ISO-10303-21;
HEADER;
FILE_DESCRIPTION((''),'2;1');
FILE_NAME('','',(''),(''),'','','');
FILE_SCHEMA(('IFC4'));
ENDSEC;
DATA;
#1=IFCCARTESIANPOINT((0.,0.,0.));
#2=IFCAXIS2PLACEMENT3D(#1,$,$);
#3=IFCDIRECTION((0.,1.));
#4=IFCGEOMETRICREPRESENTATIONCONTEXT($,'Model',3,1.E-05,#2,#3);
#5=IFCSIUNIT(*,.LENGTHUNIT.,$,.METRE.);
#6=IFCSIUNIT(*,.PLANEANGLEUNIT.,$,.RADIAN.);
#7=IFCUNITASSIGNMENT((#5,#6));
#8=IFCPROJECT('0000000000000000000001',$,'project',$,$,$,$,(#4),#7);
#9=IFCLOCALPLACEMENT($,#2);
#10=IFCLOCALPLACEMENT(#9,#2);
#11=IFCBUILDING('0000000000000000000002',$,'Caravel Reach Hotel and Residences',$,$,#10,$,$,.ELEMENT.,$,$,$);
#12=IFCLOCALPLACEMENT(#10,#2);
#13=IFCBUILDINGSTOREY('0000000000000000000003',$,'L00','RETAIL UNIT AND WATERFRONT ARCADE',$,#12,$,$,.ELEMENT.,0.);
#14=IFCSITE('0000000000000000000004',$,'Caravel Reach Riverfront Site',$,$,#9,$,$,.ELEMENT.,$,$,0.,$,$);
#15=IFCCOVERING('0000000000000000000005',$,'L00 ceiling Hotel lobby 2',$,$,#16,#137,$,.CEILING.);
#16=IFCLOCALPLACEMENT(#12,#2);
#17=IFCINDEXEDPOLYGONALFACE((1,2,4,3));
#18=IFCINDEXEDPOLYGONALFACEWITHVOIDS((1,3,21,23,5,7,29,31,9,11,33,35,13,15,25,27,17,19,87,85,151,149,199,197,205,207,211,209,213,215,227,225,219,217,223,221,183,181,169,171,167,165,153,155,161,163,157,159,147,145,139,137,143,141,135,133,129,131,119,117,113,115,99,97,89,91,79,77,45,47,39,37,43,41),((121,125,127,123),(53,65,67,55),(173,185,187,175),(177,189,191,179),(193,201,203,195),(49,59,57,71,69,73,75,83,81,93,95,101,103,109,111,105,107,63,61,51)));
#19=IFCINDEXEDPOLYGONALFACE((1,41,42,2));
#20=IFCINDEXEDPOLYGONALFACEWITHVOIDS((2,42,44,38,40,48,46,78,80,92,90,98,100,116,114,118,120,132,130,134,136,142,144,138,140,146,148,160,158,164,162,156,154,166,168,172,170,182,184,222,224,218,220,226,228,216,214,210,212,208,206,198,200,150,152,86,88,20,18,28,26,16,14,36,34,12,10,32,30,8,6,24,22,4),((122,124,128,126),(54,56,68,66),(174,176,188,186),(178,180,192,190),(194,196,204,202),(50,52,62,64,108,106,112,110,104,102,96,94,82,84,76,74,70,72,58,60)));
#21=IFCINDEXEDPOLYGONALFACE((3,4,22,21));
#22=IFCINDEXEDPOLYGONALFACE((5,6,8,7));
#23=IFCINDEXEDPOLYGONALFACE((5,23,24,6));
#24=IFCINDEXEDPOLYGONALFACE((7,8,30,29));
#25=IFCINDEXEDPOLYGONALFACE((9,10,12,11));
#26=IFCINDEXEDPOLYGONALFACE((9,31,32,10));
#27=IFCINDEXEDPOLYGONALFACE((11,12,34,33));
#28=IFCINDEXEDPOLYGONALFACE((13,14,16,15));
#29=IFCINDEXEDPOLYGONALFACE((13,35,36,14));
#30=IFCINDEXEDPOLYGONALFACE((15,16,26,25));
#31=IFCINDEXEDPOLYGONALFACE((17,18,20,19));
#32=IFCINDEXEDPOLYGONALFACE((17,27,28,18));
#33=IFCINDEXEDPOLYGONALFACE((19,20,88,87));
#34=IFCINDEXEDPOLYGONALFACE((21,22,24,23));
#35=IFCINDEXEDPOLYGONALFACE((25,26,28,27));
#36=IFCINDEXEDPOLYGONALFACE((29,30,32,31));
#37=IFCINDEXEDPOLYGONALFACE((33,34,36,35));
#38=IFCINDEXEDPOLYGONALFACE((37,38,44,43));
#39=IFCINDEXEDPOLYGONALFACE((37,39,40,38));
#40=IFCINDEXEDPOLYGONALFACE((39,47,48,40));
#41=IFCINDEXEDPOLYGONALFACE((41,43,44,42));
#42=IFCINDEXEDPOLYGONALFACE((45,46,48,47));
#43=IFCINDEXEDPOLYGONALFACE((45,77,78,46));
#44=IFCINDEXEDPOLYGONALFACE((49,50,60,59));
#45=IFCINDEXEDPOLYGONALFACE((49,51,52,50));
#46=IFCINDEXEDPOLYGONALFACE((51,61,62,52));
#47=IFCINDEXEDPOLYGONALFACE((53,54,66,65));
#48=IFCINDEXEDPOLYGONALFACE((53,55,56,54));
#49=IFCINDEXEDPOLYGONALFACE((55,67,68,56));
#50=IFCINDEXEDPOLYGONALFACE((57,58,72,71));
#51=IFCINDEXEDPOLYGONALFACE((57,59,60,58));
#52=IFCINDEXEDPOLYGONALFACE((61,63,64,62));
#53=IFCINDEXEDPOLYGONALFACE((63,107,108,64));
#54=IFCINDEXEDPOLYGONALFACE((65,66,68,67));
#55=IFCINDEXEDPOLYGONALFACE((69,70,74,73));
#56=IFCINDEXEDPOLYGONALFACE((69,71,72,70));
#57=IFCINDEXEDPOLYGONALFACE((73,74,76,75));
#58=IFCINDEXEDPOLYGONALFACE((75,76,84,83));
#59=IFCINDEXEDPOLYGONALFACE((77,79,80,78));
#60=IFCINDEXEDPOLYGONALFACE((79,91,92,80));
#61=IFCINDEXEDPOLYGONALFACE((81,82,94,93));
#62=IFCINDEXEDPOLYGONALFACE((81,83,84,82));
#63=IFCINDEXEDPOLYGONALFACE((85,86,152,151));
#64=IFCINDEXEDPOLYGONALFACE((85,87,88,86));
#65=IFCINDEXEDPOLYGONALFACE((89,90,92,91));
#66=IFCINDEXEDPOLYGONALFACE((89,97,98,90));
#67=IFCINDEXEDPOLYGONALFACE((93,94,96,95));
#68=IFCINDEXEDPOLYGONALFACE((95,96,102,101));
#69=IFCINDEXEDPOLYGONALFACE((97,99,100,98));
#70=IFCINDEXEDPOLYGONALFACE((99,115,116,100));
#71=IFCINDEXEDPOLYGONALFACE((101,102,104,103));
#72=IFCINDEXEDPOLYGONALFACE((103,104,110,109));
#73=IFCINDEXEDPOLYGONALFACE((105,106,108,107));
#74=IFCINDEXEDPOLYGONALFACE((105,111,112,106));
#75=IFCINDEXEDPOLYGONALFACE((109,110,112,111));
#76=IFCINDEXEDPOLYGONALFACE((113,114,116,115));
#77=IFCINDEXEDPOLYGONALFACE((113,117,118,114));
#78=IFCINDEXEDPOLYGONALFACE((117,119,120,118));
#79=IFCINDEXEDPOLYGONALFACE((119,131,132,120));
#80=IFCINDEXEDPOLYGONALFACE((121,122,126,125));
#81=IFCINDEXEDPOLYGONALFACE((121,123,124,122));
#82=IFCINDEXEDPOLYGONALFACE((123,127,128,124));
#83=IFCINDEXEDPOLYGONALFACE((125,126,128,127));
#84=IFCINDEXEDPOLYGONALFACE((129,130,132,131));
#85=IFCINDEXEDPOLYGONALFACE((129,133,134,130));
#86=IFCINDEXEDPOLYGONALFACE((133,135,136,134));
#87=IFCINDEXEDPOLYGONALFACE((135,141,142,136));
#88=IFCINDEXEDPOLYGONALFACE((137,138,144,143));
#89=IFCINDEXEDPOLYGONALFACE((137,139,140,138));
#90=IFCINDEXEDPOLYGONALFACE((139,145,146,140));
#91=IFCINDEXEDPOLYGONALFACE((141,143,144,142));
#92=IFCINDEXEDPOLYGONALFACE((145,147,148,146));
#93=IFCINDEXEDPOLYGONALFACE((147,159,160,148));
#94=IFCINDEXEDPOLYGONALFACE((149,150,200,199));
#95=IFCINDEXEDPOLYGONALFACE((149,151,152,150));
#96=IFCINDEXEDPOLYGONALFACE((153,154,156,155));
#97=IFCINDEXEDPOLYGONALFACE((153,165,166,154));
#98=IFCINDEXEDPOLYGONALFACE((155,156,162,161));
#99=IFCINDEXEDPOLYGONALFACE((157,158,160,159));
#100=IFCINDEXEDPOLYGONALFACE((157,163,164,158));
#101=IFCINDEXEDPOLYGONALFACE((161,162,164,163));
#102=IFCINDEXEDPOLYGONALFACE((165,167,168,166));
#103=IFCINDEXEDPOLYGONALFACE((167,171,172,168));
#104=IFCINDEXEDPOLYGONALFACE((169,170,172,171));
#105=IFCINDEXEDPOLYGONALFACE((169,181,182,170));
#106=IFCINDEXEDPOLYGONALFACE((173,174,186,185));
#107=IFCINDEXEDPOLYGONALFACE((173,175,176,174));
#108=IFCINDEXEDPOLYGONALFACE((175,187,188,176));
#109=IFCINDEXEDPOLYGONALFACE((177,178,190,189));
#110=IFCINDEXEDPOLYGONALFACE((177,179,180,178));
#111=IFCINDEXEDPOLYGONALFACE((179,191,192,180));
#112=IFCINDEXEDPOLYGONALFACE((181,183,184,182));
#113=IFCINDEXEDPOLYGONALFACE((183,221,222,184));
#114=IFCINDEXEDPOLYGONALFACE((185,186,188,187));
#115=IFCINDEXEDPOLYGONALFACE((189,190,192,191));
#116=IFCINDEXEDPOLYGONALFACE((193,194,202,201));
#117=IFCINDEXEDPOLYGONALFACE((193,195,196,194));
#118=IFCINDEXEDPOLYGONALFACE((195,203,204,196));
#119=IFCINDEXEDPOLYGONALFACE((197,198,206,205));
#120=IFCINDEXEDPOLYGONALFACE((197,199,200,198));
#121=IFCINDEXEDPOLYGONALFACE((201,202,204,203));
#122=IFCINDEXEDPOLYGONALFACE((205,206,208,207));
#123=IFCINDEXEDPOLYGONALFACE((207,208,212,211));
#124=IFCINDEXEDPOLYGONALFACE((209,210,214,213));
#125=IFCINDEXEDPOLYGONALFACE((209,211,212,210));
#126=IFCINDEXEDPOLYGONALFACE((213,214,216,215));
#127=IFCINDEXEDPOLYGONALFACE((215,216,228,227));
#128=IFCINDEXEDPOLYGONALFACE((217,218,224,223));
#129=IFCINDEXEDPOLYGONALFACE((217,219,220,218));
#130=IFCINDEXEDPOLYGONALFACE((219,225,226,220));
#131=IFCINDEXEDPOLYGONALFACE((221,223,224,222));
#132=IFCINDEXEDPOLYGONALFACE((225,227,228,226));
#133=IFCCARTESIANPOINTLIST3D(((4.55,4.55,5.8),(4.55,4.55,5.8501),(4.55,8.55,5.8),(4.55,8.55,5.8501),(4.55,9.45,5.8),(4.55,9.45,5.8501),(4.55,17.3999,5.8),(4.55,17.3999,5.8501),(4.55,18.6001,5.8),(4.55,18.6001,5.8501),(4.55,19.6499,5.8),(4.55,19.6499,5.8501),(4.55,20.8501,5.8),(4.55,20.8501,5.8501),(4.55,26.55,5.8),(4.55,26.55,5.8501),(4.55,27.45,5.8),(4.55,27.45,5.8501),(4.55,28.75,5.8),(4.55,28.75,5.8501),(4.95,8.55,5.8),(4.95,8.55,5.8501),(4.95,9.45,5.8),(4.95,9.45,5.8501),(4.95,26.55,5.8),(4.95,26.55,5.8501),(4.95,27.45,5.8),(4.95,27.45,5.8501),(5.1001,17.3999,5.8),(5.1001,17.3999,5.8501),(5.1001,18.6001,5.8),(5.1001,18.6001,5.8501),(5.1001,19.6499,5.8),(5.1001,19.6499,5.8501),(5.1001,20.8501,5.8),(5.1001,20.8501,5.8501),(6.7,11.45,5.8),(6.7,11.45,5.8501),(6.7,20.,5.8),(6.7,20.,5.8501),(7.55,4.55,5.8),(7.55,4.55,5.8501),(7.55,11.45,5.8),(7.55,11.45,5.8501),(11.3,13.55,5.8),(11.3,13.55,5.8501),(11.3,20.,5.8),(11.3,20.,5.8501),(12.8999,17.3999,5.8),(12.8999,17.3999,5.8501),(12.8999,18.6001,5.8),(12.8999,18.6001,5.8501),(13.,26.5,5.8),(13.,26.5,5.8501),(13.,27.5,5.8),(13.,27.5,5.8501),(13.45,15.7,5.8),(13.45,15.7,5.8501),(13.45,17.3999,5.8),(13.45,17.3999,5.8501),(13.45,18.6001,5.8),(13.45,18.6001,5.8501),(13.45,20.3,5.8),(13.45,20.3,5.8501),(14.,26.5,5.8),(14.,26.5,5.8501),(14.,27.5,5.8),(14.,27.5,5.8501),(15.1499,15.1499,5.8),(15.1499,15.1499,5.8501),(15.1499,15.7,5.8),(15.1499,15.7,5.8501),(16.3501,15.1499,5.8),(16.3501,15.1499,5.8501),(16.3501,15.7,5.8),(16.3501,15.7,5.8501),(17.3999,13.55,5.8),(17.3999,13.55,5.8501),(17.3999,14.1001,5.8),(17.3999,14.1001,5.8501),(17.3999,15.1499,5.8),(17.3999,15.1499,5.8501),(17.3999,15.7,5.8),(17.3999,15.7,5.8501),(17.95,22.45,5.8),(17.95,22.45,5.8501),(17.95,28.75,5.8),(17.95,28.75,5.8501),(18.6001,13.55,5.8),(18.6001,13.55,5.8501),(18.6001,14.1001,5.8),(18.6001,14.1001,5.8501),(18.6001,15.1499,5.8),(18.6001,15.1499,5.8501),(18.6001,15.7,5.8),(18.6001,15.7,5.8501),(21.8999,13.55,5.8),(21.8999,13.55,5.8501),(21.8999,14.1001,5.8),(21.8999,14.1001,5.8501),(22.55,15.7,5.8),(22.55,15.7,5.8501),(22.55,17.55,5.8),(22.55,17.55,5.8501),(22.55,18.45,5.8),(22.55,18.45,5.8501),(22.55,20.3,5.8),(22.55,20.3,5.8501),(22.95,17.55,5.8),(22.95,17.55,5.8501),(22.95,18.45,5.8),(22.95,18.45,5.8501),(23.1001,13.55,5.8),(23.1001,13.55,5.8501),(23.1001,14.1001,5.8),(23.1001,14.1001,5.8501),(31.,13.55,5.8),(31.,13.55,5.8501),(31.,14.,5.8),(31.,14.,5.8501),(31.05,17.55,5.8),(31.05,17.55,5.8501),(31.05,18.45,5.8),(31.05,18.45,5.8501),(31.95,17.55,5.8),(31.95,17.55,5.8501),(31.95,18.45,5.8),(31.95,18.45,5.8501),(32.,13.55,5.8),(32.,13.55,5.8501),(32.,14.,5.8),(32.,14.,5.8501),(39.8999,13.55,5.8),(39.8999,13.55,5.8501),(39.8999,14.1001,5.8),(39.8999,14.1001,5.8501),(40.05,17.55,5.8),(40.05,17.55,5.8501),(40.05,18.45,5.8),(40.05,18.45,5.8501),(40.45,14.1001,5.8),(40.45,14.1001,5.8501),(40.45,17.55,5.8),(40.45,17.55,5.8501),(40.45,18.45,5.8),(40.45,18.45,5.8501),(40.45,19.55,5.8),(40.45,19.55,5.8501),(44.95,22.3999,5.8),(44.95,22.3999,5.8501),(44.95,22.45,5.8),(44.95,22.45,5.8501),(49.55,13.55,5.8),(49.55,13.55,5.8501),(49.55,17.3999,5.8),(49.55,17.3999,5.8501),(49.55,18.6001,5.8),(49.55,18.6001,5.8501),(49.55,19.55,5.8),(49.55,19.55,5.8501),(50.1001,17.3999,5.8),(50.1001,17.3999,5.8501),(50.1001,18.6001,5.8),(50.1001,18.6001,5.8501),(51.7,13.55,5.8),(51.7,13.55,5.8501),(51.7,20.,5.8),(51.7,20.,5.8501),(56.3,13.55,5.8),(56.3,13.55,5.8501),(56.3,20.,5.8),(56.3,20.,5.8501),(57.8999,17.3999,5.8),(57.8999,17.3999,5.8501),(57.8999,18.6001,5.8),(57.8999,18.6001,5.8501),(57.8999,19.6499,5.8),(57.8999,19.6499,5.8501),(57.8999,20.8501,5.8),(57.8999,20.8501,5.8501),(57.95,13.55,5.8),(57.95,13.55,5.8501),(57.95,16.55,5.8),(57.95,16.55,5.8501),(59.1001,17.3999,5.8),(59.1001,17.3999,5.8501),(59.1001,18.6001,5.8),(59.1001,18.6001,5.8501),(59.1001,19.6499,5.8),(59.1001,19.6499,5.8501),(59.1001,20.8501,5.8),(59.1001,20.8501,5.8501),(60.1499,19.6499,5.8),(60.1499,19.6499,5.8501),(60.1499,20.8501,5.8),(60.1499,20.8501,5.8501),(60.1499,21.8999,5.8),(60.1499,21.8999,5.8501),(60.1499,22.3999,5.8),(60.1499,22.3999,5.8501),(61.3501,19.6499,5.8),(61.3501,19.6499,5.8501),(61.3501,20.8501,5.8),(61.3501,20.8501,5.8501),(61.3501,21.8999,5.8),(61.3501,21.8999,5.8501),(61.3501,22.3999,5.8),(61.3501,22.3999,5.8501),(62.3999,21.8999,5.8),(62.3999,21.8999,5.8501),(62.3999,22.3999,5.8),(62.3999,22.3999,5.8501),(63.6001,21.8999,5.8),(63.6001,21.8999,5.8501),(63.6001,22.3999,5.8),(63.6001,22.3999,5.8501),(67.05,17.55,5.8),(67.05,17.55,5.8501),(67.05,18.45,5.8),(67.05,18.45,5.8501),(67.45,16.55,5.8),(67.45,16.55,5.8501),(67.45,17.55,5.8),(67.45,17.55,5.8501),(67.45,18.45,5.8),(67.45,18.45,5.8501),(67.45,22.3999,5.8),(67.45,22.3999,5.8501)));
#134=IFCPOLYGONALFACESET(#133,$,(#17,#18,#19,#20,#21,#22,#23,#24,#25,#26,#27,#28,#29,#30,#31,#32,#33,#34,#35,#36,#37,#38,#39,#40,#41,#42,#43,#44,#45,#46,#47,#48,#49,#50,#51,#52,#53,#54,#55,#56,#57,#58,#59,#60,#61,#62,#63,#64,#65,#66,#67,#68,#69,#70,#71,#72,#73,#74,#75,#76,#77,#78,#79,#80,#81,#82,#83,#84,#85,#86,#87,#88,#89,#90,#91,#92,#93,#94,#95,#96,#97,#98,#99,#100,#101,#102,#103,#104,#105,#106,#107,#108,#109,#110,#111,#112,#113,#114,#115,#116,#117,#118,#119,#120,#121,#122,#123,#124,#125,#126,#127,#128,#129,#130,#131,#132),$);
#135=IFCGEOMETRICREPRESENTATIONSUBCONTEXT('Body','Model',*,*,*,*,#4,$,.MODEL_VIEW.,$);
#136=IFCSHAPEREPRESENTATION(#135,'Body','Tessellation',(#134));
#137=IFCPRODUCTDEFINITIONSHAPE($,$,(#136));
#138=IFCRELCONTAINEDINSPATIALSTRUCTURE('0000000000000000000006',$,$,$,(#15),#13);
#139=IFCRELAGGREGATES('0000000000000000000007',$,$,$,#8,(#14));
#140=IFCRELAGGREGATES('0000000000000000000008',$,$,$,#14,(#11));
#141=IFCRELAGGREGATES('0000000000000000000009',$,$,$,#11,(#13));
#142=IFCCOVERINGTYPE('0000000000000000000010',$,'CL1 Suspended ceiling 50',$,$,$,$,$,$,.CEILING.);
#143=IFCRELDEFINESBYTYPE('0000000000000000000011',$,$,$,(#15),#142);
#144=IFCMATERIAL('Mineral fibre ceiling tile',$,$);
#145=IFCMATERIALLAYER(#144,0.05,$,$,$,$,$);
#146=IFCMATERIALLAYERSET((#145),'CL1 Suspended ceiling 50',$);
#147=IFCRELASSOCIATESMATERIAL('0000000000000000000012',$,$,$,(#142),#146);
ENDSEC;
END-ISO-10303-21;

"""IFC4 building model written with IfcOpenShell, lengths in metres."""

from ifc_helpers import new_model, si_unit, direction, frame, origin, place, context, subcontext, project, spatial, polyline, outline, extrude, material, layer, layer_set, type_object, element, save


model = new_model("IFC4")

# Units and contexts
model_context = context("Model", 3, precision=1e-05, world=origin(), true_north=direction((0.0, 1.0)))
body_context = subcontext(model_context, "Body", "Model", "MODEL_VIEW")
ifc_project = project(units=[si_unit("LENGTHUNIT", "METRE"), si_unit("PLANEANGLEUNIT", "RADIAN")], contexts=[model_context])

# Site, building, storey
site_placement = place(None, origin())
site = spatial("IfcSite", under=ifc_project, at=site_placement, Name="Caravel Reach Riverfront Site", CompositionType="ELEMENT", RefElevation=0.0)
building_placement = place(site_placement, origin())
building = spatial("IfcBuilding", under=site, at=building_placement, Name="Caravel Reach Hotel and Residences", CompositionType="ELEMENT")
storey_placement = place(building_placement, origin())
storey = spatial("IfcBuildingStorey", under=building, at=storey_placement, Name="L00", Description="RETAIL UNIT AND WATERFRONT ARCADE", CompositionType="ELEMENT", Elevation=0.0)

# Covering
ifc_material_1 = material(Name="Mineral fibre ceiling tile")
ifc_layer_1 = layer(ifc_material_1, 0.05)
ifc_layer_set_1 = layer_set([ifc_layer_1], Name="CL1 Suspended ceiling 50")
covering_type = type_object("IfcCoveringType", Name="CL1 Suspended ceiling 50", PredefinedType="CEILING", material=ifc_layer_set_1)
covering_1_placement = place(storey_placement, frame((0.0, 0.0, 5.8)))
element("IfcCovering", 1, at=covering_1_placement, inside=storey, type_object=covering_type, Name="L00 ceiling Hotel lobby 2", PredefinedType="CEILING", context=body_context, shape_type="SweptSolid", body=[
    extrude(outline(polyline([(17.95, 28.75), (4.55, 28.75), (4.55, 27.45), (4.95, 27.45), (4.95, 26.55), (4.55, 26.55), (4.55, 20.8501), (5.1001, 20.8501), (5.1001, 19.6499), (4.55, 19.6499), (4.55, 18.6001), (5.1001, 18.6001), (5.1001, 17.3999), (4.55, 17.3999), (4.55, 9.45), (4.95, 9.45), (4.95, 8.55), (4.55, 8.55), (4.55, 4.55), (7.55, 4.55), (7.55, 11.45), (6.7, 11.45), (6.7, 20.0), (11.3, 20.0), (11.3, 13.55), (17.3999, 13.55), (17.3999, 14.1001), (18.6001, 14.1001), (18.6001, 13.55), (21.8999, 13.55), (21.8999, 14.1001), (23.1001, 14.1001), (23.1001, 13.55), (31.0, 13.55), (31.0, 14.0), (32.0, 14.0), (32.0, 13.55), (39.8999, 13.55), (39.8999, 14.1001), (40.45, 14.1001), (40.45, 17.55), (40.05, 17.55), (40.05, 18.45), (40.45, 18.45), (40.45, 19.55), (49.55, 19.55), (49.55, 18.6001), (50.1001, 18.6001), (50.1001, 17.3999), (49.55, 17.3999), (49.55, 13.55), (51.7, 13.55), (51.7, 20.0), (56.3, 20.0), (56.3, 13.55), (57.95, 13.55), (57.95, 16.55), (67.45, 16.55), (67.45, 17.55), (67.05, 17.55), (67.05, 18.45), (67.45, 18.45), (67.45, 22.3999), (63.6001, 22.3999), (63.6001, 21.8999), (62.3999, 21.8999), (62.3999, 22.3999), (61.3501, 22.3999), (61.3501, 21.8999), (60.1499, 21.8999), (60.1499, 22.3999), (44.95, 22.3999), (44.95, 22.45), (17.95, 22.45), (17.95, 28.75)]), holes=[polyline([(18.6001, 15.1499), (17.3999, 15.1499), (17.3999, 15.7), (16.3501, 15.7), (16.3501, 15.1499), (15.1499, 15.1499), (15.1499, 15.7), (13.45, 15.7), (13.45, 17.3999), (12.8999, 17.3999), (12.8999, 18.6001), (13.45, 18.6001), (13.45, 20.3), (22.55, 20.3), (22.55, 18.45), (22.95, 18.45), (22.95, 17.55), (22.55, 17.55), (22.55, 15.7), (18.6001, 15.7), (18.6001, 15.1499)]), polyline([(57.8999, 18.6001), (59.1001, 18.6001), (59.1001, 17.3999), (57.8999, 17.3999), (57.8999, 18.6001)]), polyline([(59.1001, 20.8501), (59.1001, 19.6499), (57.8999, 19.6499), (57.8999, 20.8501), (59.1001, 20.8501)]), polyline([(61.3501, 19.6499), (60.1499, 19.6499), (60.1499, 20.8501), (61.3501, 20.8501), (61.3501, 19.6499)]), polyline([(14.0, 26.5), (13.0, 26.5), (13.0, 27.5), (14.0, 27.5), (14.0, 26.5)]), polyline([(31.95, 17.55), (31.05, 17.55), (31.05, 18.45), (31.95, 18.45), (31.95, 17.55)])]), origin(), (0.0, 0.0, 1.0), 0.05),
])

save(model, "model.ifc")
